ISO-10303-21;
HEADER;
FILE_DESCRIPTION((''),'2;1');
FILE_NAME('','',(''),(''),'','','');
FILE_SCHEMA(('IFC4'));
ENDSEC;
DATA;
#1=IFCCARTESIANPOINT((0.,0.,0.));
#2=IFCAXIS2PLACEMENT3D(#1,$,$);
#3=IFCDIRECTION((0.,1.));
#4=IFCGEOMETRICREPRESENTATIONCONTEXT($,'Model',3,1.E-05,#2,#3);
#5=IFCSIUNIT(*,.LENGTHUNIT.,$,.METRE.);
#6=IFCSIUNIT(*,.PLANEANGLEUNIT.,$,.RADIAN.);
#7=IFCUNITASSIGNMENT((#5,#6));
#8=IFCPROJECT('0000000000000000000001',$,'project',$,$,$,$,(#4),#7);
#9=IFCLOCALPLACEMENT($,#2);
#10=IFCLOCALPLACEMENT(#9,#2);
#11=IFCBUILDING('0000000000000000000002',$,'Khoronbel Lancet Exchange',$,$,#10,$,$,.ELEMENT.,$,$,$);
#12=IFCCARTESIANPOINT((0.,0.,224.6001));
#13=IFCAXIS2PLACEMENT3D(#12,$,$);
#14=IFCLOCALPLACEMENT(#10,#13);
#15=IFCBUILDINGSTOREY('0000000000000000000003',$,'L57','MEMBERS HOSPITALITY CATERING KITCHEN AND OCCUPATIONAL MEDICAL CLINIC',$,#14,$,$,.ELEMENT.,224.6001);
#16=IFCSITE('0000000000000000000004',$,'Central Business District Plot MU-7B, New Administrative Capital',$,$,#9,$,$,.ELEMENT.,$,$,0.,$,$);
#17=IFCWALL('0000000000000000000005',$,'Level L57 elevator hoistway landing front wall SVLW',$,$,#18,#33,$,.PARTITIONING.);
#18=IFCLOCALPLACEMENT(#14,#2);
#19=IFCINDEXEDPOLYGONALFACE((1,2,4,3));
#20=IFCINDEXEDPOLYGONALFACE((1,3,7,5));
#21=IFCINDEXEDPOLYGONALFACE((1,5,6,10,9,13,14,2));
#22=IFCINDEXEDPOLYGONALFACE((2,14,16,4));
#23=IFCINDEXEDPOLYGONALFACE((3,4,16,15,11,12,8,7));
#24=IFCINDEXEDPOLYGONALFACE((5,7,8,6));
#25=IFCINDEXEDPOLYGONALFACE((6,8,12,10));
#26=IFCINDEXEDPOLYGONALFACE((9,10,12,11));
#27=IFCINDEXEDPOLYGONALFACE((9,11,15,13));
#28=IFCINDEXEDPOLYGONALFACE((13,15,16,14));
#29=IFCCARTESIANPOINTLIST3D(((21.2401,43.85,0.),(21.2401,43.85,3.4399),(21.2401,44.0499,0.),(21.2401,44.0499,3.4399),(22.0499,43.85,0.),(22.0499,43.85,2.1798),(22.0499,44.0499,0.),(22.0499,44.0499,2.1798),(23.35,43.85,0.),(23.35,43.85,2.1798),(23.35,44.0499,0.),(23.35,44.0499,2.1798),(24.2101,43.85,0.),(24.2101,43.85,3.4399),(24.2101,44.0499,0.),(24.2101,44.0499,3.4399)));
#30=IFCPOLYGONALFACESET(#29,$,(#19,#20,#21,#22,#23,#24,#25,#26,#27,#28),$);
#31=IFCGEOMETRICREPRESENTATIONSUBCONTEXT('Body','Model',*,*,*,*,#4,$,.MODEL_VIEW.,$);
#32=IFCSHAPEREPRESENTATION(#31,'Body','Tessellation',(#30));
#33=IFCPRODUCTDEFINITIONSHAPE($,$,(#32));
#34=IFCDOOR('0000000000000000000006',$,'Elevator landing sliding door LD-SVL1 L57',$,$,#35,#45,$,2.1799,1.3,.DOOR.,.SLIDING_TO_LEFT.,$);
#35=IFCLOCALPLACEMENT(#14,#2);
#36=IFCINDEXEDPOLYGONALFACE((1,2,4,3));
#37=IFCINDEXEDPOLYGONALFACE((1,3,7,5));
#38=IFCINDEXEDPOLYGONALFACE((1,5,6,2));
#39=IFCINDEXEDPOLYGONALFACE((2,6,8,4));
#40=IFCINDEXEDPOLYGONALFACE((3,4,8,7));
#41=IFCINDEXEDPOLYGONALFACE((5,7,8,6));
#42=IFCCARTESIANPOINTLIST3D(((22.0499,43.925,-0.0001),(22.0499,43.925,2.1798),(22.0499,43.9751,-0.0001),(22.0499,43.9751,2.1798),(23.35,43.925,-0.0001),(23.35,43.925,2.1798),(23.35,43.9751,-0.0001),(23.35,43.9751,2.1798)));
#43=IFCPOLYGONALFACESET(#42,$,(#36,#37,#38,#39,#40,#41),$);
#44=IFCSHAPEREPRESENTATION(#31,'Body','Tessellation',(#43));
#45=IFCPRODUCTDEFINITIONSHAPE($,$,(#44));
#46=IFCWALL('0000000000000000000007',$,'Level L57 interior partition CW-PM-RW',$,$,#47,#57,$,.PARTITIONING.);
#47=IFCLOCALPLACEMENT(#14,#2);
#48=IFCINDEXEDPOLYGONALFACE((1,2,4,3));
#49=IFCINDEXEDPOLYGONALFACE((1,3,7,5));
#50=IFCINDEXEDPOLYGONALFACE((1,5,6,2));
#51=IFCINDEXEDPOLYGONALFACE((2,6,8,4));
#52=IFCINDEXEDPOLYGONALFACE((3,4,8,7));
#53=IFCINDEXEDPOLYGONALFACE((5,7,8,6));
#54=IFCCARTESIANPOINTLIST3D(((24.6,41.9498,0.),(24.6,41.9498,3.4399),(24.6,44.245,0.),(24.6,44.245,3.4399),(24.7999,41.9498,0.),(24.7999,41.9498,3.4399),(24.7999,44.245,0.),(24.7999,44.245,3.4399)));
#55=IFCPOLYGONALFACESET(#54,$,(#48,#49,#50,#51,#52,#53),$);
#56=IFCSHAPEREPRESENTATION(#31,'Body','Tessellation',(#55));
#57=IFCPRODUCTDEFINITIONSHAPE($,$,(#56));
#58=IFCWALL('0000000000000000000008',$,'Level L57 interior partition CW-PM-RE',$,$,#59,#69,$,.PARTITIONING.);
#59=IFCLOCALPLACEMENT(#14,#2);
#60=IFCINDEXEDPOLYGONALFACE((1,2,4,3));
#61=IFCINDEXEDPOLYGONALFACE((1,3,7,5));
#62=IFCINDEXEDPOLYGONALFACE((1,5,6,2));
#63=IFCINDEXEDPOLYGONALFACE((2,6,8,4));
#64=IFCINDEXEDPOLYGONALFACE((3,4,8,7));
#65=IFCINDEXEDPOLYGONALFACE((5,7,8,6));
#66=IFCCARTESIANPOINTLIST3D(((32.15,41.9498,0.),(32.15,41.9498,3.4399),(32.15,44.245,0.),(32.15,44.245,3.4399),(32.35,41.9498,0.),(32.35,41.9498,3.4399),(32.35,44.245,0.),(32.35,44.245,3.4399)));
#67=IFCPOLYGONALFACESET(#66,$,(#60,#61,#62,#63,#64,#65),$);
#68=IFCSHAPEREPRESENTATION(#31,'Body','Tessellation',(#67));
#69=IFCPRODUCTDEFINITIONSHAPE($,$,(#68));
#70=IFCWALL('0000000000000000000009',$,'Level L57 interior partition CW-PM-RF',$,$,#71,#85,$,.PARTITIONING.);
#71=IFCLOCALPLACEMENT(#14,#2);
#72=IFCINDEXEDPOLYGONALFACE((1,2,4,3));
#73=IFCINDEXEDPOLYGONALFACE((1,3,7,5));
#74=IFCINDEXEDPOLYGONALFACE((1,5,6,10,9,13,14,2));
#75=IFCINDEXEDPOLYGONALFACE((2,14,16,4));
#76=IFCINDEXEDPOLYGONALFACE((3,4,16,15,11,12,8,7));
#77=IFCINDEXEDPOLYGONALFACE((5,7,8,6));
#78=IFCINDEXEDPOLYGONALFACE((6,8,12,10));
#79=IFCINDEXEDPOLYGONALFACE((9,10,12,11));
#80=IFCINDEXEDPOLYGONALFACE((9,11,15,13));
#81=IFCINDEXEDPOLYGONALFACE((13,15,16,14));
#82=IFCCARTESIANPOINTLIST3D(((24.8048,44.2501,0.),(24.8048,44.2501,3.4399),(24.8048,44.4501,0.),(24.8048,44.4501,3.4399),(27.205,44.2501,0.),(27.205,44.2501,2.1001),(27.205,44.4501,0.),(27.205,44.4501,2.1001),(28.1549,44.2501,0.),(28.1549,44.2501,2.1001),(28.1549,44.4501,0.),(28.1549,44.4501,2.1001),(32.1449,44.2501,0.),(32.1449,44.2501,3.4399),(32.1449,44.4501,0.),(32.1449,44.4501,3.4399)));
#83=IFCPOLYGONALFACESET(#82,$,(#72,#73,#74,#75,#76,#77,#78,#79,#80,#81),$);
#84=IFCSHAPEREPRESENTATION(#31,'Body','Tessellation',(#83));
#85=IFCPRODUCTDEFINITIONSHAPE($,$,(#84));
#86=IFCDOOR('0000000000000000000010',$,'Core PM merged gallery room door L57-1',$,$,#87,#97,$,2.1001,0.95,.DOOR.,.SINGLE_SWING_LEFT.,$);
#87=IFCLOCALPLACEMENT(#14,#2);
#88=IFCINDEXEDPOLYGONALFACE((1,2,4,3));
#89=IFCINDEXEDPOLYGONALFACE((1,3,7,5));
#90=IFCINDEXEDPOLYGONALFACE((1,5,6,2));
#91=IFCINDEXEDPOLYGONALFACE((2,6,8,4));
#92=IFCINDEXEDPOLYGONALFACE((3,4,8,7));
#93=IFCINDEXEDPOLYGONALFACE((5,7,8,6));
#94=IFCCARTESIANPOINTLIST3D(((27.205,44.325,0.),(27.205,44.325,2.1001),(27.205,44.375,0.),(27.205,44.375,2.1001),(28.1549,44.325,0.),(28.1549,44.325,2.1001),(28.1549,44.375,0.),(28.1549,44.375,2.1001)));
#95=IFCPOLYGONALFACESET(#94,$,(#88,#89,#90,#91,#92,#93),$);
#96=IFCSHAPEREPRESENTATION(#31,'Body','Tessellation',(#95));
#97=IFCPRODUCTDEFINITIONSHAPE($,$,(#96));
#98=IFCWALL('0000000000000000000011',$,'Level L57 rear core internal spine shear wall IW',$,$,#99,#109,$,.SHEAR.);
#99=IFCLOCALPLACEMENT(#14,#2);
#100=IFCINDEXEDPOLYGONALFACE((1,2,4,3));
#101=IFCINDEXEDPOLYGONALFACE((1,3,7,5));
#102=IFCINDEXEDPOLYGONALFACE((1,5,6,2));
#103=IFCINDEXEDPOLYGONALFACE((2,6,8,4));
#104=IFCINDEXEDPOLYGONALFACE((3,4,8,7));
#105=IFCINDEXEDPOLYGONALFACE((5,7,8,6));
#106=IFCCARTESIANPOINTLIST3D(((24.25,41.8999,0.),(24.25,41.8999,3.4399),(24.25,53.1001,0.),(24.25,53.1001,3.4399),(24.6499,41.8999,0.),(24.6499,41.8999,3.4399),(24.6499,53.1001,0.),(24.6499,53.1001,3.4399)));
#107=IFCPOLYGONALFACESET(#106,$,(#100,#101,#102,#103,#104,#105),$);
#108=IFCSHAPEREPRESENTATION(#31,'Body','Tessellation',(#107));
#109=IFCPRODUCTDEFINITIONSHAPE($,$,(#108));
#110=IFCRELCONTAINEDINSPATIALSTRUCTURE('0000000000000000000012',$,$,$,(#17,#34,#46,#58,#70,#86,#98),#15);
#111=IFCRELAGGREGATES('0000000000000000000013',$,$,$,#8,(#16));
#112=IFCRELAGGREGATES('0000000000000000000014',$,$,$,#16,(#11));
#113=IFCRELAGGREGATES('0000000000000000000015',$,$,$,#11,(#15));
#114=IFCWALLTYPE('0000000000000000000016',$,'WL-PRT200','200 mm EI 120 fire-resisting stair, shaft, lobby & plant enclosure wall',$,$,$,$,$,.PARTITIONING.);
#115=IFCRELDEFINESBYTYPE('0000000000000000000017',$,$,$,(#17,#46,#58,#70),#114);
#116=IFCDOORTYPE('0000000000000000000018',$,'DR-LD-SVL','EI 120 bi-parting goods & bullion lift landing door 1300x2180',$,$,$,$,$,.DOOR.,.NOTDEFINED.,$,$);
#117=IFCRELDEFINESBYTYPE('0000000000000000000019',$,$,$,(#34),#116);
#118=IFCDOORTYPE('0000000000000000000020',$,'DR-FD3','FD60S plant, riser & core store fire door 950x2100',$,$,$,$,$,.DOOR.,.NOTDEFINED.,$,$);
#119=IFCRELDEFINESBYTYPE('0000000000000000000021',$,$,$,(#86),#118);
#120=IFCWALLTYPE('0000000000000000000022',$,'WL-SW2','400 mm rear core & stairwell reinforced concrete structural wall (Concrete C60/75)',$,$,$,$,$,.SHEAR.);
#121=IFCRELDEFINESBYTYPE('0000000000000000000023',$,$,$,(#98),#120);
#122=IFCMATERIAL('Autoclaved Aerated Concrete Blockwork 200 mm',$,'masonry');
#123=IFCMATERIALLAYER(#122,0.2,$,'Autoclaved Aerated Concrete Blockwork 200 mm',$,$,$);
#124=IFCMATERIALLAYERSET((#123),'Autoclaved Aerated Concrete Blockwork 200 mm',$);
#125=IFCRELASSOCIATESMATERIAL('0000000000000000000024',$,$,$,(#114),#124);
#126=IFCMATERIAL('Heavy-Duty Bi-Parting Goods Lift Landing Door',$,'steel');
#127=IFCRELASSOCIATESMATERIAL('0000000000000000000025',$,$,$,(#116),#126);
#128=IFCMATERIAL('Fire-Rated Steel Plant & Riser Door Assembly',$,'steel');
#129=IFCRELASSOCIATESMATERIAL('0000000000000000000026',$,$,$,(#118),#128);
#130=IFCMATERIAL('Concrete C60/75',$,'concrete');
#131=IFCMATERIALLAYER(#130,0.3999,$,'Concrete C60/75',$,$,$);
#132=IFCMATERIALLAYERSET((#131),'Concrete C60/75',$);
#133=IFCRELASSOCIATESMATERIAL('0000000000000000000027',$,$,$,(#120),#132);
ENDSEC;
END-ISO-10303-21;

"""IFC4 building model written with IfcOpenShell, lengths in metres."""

from ifc_helpers import new_model, si_unit, direction, frame, frame_2d, origin, place, context, subcontext, project, spatial, rectangle, extrude, material, layer, layer_set, type_object, element, fill, save


model = new_model("IFC4")

# Units and contexts
model_context = context("Model", 3, precision=1e-05, world=origin(), true_north=direction((0.0, 1.0)))
body_context = subcontext(model_context, "Body", "Model", "MODEL_VIEW")
ifc_project = project(units=[si_unit("LENGTHUNIT", "METRE"), si_unit("PLANEANGLEUNIT", "RADIAN")], contexts=[model_context])

# Site, building, storey
site_placement = place(None, origin())
site = spatial("IfcSite", under=ifc_project, at=site_placement, Name="Central Business District Plot MU-7B, New Administrative Capital", CompositionType="ELEMENT", RefElevation=0.0)
building_placement = place(site_placement, origin())
building = spatial("IfcBuilding", under=site, at=building_placement, Name="Khoronbel Lancet Exchange", CompositionType="ELEMENT")
storey_placement = place(building_placement, frame((0.0, 0.0, 224.6001)))
storey = spatial("IfcBuildingStorey", under=building, at=storey_placement, Name="L57", Description="MEMBERS HOSPITALITY CATERING KITCHEN AND OCCUPATIONAL MEDICAL CLINIC", CompositionType="ELEMENT", Elevation=224.6001)

# Shared definitions
ifc_material_1 = material(Name="Concrete C60/75", Category="concrete")

# Wall, opening, door
ifc_material_2 = material(Name="Autoclaved Aerated Concrete Blockwork 200 mm", Category="masonry")
ifc_layer_1 = layer(ifc_material_2, 0.2, Name="Autoclaved Aerated Concrete Blockwork 200 mm")
ifc_layer_set_1 = layer_set([ifc_layer_1], Name="Autoclaved Aerated Concrete Blockwork 200 mm")
wall_type_1 = type_object("IfcWallType", Name="WL-PRT200", Description="200 mm EI 120 fire-resisting stair, shaft, lobby & plant enclosure wall", PredefinedType="PARTITIONING", material=ifc_layer_set_1)
wall_1_placement = place(storey_placement, frame((24.21, 43.95, 0.0), z_axis=(0.0, 0.0, 1.0), x_axis=(-1.0, 0.0, 0.0)))
wall_1 = element("IfcWall", 1, at=wall_1_placement, inside=storey, type_object=wall_type_1, Name="Level L57 elevator hoistway landing front wall SVLW", PredefinedType="PARTITIONING", context=body_context, shape_type="SweptSolid", body=[
    extrude(rectangle(XDim=2.97, YDim=0.2, at=frame_2d((1.4849, 0.0))), origin(), (0.0, 0.0, 1.0), 3.4399),
])
opening_1_placement = place(wall_1_placement, frame((0.8601, 0.0, 0.0)))
opening_1 = element("IfcOpeningElement", 2, at=opening_1_placement, cuts=wall_1, PredefinedType="OPENING", context=body_context, shape_type="SweptSolid", body=[
    extrude(rectangle(XDim=1.3, YDim=2.1799, at=frame_2d((0.6499, 1.0898))), frame((0.0, 0.1099, 0.0), z_axis=(0.0, -1.0, 0.0), x_axis=(1.0, 0.0, 0.0)), (0.0, 0.0, 1.0), 0.22),
])
ifc_material_3 = material(Name="Heavy-Duty Bi-Parting Goods Lift Landing Door", Category="steel")
door_type_1 = type_object("IfcDoorType", Name="DR-LD-SVL", Description="EI 120 bi-parting goods & bullion lift landing door 1300x2180", OperationType="NOTDEFINED", PredefinedType="DOOR", material=ifc_material_3)
door_1_placement = place(opening_1_placement, origin())
door_1 = element("IfcDoor", 3, at=door_1_placement, inside=storey, type_object=door_type_1, Name="Elevator landing sliding door LD-SVL1 L57", OperationType="SLIDING_TO_LEFT", OverallHeight=2.1799, OverallWidth=1.3, PredefinedType="DOOR", context=body_context, shape_type="SweptSolid", body=[
    extrude(rectangle(XDim=1.3, YDim=2.1799, at=frame_2d((0.6499, 1.0898))), frame((0.0, 0.0249, 0.0), z_axis=(0.0, -1.0, 0.0), x_axis=(1.0, 0.0, 0.0)), (0.0, 0.0, 1.0), 0.05),
])
fill(opening_1, door_1)

# Walls
for number, where, z_axis, x_axis, name in (
    (4, (24.7, 41.95, 0.0), (0.0, 0.0, 1.0), (0.0, 1.0, 0.0), "Level L57 interior partition CW-PM-RW"),
    (5, (32.25, 41.95, 0.0), (0.0, 0.0, 1.0), (0.0, 1.0, 0.0), "Level L57 interior partition CW-PM-RE"),
):
    element("IfcWall", number, at=place(storey_placement, frame(where, z_axis=z_axis, x_axis=x_axis)), inside=storey, type_object=wall_type_1, Name=name, PredefinedType="PARTITIONING", context=body_context, shape_type="SweptSolid", body=[
        extrude(rectangle(XDim=2.2952, YDim=0.2, at=frame_2d((1.1475, 0.0))), origin(), (0.0, 0.0, 1.0), 3.4399),
    ])

# Wall, opening, door
wall_2_placement = place(storey_placement, frame((24.8049, 44.3501, 0.0), z_axis=(0.0, 0.0, 1.0), x_axis=(1.0, 0.0, 0.0)))
wall_2 = element("IfcWall", 6, at=wall_2_placement, inside=storey, type_object=wall_type_1, Name="Level L57 interior partition CW-PM-RF", PredefinedType="PARTITIONING", context=body_context, shape_type="SweptSolid", body=[
    extrude(rectangle(XDim=7.3401, YDim=0.2, at=frame_2d((3.6699, 0.0))), origin(), (0.0, 0.0, 1.0), 3.4399),
])
opening_2_placement = place(wall_2_placement, frame((2.3999, 0.0, 0.0)))
opening_2 = element("IfcOpeningElement", 7, at=opening_2_placement, cuts=wall_2, PredefinedType="OPENING", context=body_context, shape_type="SweptSolid", body=[
    extrude(rectangle(XDim=0.95, YDim=2.1001, at=frame_2d((0.4751, 1.05))), frame((0.0, 0.1099, 0.0), z_axis=(0.0, -1.0, 0.0), x_axis=(1.0, 0.0, 0.0)), (0.0, 0.0, 1.0), 0.22),
])
ifc_material_4 = material(Name="Fire-Rated Steel Plant & Riser Door Assembly", Category="steel")
door_type_2 = type_object("IfcDoorType", Name="DR-FD3", Description="FD60S plant, riser & core store fire door 950x2100", OperationType="NOTDEFINED", PredefinedType="DOOR", material=ifc_material_4)
door_2_placement = place(opening_2_placement, origin())
door_2 = element("IfcDoor", 8, at=door_2_placement, inside=storey, type_object=door_type_2, Name="Core PM merged gallery room door L57-1", OperationType="SINGLE_SWING_LEFT", OverallHeight=2.1001, OverallWidth=0.95, PredefinedType="DOOR", context=body_context, shape_type="SweptSolid", body=[
    extrude(rectangle(XDim=0.95, YDim=2.1001, at=frame_2d((0.4751, 1.05))), frame((0.0, 0.0249, 0.0), z_axis=(0.0, -1.0, 0.0), x_axis=(1.0, 0.0, 0.0)), (0.0, 0.0, 1.0), 0.05),
])
fill(opening_2, door_2)

# Wall
ifc_layer_2 = layer(ifc_material_1, 0.3999, Name="Concrete C60/75")
ifc_layer_set_2 = layer_set([ifc_layer_2], Name="Concrete C60/75")
wall_type_2 = type_object("IfcWallType", Name="WL-SW2", Description="400 mm rear core & stairwell reinforced concrete structural wall (Concrete C60/75)", PredefinedType="SHEAR", material=ifc_layer_set_2)
wall_3_placement = place(storey_placement, frame((24.45, 41.8999, 0.0), z_axis=(0.0, 0.0, 1.0), x_axis=(0.0, 1.0, 0.0)))
element("IfcWall", 9, at=wall_3_placement, inside=storey, type_object=wall_type_2, Name="Level L57 rear core internal spine shear wall IW", PredefinedType="SHEAR", context=body_context, shape_type="SweptSolid", body=[
    extrude(rectangle(XDim=11.2002, YDim=0.3999, at=frame_2d((5.6001, 0.0))), origin(), (0.0, 0.0, 1.0), 3.4399),
])

save(model, "model.ifc")
